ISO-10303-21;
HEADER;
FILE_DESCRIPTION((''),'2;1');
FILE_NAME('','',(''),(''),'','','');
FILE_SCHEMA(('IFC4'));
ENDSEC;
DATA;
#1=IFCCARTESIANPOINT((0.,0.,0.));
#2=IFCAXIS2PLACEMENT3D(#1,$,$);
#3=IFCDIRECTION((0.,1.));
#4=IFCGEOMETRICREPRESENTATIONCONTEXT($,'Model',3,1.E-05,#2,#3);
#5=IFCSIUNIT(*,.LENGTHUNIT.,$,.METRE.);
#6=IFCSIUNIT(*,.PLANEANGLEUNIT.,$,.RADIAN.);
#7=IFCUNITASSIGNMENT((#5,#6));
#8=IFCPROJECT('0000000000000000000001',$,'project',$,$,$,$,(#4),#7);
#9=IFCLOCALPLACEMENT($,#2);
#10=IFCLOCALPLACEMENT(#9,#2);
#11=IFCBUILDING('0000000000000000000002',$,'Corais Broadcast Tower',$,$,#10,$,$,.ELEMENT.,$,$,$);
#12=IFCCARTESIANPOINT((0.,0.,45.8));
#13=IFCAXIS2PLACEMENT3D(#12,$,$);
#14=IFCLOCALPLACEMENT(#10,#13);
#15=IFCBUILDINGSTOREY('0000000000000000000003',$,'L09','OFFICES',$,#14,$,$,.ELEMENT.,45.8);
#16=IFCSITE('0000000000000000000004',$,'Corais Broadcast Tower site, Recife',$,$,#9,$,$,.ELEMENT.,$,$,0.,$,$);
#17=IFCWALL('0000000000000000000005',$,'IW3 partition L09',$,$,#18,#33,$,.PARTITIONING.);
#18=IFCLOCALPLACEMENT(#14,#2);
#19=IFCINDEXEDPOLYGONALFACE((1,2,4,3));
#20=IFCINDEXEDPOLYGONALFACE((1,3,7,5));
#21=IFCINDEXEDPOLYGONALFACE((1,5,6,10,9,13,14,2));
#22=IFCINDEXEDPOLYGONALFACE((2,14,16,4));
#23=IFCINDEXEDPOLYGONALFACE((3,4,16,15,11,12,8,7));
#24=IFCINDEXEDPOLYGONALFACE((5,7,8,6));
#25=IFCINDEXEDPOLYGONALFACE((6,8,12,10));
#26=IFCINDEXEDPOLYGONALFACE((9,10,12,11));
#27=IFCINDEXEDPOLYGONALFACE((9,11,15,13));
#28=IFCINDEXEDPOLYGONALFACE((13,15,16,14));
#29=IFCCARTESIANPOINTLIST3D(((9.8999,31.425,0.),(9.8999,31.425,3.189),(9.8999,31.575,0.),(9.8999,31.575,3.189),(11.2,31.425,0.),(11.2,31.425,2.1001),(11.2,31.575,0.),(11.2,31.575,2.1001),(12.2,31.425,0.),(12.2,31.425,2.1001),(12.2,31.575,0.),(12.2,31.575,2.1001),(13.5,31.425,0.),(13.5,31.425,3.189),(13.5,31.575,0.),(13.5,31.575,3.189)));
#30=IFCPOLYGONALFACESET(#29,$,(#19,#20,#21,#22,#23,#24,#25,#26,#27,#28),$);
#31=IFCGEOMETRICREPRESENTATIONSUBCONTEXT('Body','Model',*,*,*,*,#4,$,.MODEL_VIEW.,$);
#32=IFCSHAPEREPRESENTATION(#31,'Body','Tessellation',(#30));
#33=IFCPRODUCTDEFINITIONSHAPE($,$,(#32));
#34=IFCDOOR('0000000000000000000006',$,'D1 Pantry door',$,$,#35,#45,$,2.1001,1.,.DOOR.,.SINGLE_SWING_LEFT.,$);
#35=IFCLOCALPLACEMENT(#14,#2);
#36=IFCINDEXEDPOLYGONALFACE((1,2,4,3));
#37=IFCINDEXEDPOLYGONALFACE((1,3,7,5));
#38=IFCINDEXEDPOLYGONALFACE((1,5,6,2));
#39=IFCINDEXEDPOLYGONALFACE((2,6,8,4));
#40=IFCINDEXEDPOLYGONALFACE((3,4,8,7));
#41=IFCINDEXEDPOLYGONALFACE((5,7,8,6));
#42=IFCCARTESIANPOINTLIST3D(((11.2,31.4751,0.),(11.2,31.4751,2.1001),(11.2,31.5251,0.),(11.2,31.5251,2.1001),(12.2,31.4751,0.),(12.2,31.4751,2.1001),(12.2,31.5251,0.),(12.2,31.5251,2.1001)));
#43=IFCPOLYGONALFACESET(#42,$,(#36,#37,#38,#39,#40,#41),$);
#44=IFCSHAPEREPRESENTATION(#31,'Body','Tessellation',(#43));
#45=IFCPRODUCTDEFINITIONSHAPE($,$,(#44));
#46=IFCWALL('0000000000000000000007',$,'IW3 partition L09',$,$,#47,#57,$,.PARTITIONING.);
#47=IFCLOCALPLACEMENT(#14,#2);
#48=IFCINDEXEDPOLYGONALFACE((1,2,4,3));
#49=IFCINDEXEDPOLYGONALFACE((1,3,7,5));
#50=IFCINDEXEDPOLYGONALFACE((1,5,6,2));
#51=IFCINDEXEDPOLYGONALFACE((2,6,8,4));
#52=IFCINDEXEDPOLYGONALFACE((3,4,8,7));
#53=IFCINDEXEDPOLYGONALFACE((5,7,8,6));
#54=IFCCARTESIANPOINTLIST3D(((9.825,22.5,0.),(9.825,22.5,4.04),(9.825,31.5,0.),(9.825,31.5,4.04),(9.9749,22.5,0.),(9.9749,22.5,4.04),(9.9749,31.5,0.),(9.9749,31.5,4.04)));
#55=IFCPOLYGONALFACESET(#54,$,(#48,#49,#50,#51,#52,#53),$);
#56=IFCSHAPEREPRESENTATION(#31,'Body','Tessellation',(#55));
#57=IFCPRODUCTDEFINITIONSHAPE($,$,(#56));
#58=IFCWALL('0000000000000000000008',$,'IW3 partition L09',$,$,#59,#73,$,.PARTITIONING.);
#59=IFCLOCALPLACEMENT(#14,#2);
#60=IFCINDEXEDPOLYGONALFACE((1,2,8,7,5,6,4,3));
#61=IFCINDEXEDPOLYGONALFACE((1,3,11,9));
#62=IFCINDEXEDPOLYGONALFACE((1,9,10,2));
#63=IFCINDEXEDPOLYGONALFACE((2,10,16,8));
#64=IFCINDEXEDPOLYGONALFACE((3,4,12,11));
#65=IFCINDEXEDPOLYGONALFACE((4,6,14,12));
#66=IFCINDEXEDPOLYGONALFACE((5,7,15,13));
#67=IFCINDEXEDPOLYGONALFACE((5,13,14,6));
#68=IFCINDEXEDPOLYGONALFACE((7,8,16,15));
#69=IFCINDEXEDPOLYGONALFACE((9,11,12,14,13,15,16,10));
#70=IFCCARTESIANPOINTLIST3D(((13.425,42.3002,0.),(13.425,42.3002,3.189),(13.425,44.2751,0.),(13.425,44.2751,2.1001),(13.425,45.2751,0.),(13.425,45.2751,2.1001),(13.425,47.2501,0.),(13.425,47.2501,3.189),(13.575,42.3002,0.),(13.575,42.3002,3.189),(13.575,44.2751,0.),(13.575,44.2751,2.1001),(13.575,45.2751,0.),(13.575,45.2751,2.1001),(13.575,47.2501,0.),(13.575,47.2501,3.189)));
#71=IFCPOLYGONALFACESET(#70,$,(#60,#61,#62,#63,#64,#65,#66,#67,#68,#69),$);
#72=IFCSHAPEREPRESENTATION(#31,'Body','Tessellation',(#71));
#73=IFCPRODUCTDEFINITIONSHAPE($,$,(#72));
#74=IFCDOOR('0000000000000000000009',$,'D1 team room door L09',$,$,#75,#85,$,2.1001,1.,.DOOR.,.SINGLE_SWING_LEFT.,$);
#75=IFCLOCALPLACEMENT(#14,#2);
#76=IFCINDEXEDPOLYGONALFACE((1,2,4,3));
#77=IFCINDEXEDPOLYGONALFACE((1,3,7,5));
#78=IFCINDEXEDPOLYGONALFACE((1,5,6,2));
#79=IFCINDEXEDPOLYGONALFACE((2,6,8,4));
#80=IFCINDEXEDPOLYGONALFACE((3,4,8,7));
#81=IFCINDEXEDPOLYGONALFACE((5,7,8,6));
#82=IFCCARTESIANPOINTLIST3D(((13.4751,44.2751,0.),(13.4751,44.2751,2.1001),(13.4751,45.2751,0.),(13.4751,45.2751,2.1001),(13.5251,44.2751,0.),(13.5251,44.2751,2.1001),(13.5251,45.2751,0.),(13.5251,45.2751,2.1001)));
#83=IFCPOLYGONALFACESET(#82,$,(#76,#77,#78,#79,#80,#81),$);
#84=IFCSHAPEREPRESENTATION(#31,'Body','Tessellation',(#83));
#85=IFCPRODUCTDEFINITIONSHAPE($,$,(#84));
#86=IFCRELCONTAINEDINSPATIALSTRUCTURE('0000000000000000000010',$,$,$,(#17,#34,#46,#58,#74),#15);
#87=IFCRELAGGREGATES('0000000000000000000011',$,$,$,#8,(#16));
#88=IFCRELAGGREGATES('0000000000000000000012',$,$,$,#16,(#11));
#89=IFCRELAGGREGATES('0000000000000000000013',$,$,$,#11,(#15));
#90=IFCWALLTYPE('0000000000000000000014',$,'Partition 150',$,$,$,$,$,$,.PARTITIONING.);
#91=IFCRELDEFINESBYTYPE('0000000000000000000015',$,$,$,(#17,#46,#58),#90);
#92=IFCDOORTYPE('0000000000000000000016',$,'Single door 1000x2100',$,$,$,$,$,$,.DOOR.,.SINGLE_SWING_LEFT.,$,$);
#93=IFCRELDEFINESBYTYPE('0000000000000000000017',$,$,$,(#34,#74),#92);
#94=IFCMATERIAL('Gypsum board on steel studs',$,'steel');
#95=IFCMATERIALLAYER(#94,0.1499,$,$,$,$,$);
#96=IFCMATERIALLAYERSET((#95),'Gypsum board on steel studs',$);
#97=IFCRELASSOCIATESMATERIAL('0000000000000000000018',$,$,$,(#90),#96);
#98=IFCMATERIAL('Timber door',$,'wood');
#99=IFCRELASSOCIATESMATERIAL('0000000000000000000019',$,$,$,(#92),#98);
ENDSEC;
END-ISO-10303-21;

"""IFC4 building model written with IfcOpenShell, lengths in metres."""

from ifc_helpers import new_model, si_unit, direction, frame, frame_2d, origin, place, context, subcontext, project, spatial, rectangle, extrude, material, layer, layer_set, type_object, element, fill, save


model = new_model("IFC4")

# Units and contexts
model_context = context("Model", 3, precision=1e-05, world=origin(), true_north=direction((0.0, 1.0)))
body_context = subcontext(model_context, "Body", "Model", "MODEL_VIEW")
ifc_project = project(units=[si_unit("LENGTHUNIT", "METRE"), si_unit("PLANEANGLEUNIT", "RADIAN")], contexts=[model_context])

# Site, building, storey
site_placement = place(None, origin())
site = spatial("IfcSite", under=ifc_project, at=site_placement, Name="Corais Broadcast Tower site, Recife", CompositionType="ELEMENT", RefElevation=0.0)
building_placement = place(site_placement, origin())
building = spatial("IfcBuilding", under=site, at=building_placement, Name="Corais Broadcast Tower", CompositionType="ELEMENT")
storey_placement = place(building_placement, frame((0.0, 0.0, 45.8)))
storey = spatial("IfcBuildingStorey", under=building, at=storey_placement, Name="L09", Description="OFFICES", CompositionType="ELEMENT", Elevation=45.8)

# Shared definitions
ifc_material_1 = material(Name="Gypsum board on steel studs", Category="steel")
ifc_layer_1 = layer(ifc_material_1, 0.1499)
ifc_layer_set_1 = layer_set([ifc_layer_1], Name="Gypsum board on steel studs")
wall_type_1 = type_object("IfcWallType", Name="Partition 150", PredefinedType="PARTITIONING", material=ifc_layer_set_1)
ifc_material_2 = material(Name="Timber door", Category="wood")
door_type_1 = type_object("IfcDoorType", Name="Single door 1000x2100", OperationType="SINGLE_SWING_LEFT", PredefinedType="DOOR", material=ifc_material_2)

# Wall, opening, door
wall_1_placement = place(storey_placement, frame((13.5, 31.5, 0.0), z_axis=(0.0, 0.0, 1.0), x_axis=(-1.0, 0.0, 0.0)))
wall_1 = element("IfcWall", 1, at=wall_1_placement, inside=storey, type_object=wall_type_1, Name="IW3 partition L09", PredefinedType="PARTITIONING", context=body_context, shape_type="SweptSolid", body=[
    extrude(rectangle(XDim=3.6001, YDim=0.1499, at=frame_2d((1.8, 0.0))), origin(), (0.0, 0.0, 1.0), 3.189),
])
opening_1_placement = place(wall_1_placement, frame((1.3, 0.0, 0.0)))
opening_1 = element("IfcOpeningElement", 2, at=opening_1_placement, cuts=wall_1, PredefinedType="OPENING", context=body_context, shape_type="SweptSolid", body=[
    extrude(rectangle(XDim=1.0, YDim=2.1001, at=frame_2d((0.5, 1.05))), frame((0.0, 0.085, 0.0), z_axis=(0.0, -1.0, 0.0), x_axis=(1.0, 0.0, 0.0)), (0.0, 0.0, 1.0), 0.1699),
])
door_1_placement = place(opening_1_placement, origin())
door_1 = element("IfcDoor", 3, at=door_1_placement, inside=storey, type_object=door_type_1, Name="D1 Pantry door", OperationType="SINGLE_SWING_LEFT", OverallHeight=2.1001, OverallWidth=1.0, PredefinedType="DOOR", context=body_context, shape_type="SweptSolid", body=[
    extrude(rectangle(XDim=1.0, YDim=2.1001, at=frame_2d((0.5, 1.05))), frame((0.0, 0.0249, 0.0), z_axis=(0.0, -1.0, 0.0), x_axis=(1.0, 0.0, 0.0)), (0.0, 0.0, 1.0), 0.05),
])
fill(opening_1, door_1)

# Wall
wall_2_placement = place(storey_placement, frame((9.8999, 31.5, 0.0), z_axis=(0.0, 0.0, 1.0), x_axis=(0.0, -1.0, 0.0)))
element("IfcWall", 4, at=wall_2_placement, inside=storey, type_object=wall_type_1, Name="IW3 partition L09", PredefinedType="PARTITIONING", context=body_context, shape_type="SweptSolid", body=[
    extrude(rectangle(XDim=9.0, YDim=0.1499, at=frame_2d((4.5, 0.0))), origin(), (0.0, 0.0, 1.0), 4.04),
])

# Wall, opening, door
wall_3_placement = place(storey_placement, frame((13.5, 42.3, 0.0), z_axis=(0.0, 0.0, 1.0), x_axis=(0.0, 1.0, 0.0)))
wall_3 = element("IfcWall", 5, at=wall_3_placement, inside=storey, type_object=wall_type_1, Name="IW3 partition L09", PredefinedType="PARTITIONING", context=body_context, shape_type="SweptSolid", body=[
    extrude(rectangle(XDim=4.95, YDim=0.1499, at=frame_2d((2.4751, 0.0))), origin(), (0.0, 0.0, 1.0), 3.189),
])
opening_2_placement = place(wall_3_placement, frame((1.9751, 0.0, 0.0)))
opening_2 = element("IfcOpeningElement", 6, at=opening_2_placement, cuts=wall_3, PredefinedType="OPENING", context=body_context, shape_type="SweptSolid", body=[
    extrude(rectangle(XDim=1.0, YDim=2.1001, at=frame_2d((0.5, 1.05))), frame((0.0, 0.085, 0.0), z_axis=(0.0, -1.0, 0.0), x_axis=(1.0, 0.0, 0.0)), (0.0, 0.0, 1.0), 0.1699),
])
door_2_placement = place(opening_2_placement, origin())
door_2 = element("IfcDoor", 7, at=door_2_placement, inside=storey, type_object=door_type_1, Name="D1 team room door L09", OperationType="SINGLE_SWING_LEFT", OverallHeight=2.1001, OverallWidth=1.0, PredefinedType="DOOR", context=body_context, shape_type="SweptSolid", body=[
    extrude(rectangle(XDim=1.0, YDim=2.1001, at=frame_2d((0.5, 1.05))), frame((0.0, 0.0249, 0.0), z_axis=(0.0, -1.0, 0.0), x_axis=(1.0, 0.0, 0.0)), (0.0, 0.0, 1.0), 0.05),
])
fill(opening_2, door_2)

save(model, "model.ifc")
